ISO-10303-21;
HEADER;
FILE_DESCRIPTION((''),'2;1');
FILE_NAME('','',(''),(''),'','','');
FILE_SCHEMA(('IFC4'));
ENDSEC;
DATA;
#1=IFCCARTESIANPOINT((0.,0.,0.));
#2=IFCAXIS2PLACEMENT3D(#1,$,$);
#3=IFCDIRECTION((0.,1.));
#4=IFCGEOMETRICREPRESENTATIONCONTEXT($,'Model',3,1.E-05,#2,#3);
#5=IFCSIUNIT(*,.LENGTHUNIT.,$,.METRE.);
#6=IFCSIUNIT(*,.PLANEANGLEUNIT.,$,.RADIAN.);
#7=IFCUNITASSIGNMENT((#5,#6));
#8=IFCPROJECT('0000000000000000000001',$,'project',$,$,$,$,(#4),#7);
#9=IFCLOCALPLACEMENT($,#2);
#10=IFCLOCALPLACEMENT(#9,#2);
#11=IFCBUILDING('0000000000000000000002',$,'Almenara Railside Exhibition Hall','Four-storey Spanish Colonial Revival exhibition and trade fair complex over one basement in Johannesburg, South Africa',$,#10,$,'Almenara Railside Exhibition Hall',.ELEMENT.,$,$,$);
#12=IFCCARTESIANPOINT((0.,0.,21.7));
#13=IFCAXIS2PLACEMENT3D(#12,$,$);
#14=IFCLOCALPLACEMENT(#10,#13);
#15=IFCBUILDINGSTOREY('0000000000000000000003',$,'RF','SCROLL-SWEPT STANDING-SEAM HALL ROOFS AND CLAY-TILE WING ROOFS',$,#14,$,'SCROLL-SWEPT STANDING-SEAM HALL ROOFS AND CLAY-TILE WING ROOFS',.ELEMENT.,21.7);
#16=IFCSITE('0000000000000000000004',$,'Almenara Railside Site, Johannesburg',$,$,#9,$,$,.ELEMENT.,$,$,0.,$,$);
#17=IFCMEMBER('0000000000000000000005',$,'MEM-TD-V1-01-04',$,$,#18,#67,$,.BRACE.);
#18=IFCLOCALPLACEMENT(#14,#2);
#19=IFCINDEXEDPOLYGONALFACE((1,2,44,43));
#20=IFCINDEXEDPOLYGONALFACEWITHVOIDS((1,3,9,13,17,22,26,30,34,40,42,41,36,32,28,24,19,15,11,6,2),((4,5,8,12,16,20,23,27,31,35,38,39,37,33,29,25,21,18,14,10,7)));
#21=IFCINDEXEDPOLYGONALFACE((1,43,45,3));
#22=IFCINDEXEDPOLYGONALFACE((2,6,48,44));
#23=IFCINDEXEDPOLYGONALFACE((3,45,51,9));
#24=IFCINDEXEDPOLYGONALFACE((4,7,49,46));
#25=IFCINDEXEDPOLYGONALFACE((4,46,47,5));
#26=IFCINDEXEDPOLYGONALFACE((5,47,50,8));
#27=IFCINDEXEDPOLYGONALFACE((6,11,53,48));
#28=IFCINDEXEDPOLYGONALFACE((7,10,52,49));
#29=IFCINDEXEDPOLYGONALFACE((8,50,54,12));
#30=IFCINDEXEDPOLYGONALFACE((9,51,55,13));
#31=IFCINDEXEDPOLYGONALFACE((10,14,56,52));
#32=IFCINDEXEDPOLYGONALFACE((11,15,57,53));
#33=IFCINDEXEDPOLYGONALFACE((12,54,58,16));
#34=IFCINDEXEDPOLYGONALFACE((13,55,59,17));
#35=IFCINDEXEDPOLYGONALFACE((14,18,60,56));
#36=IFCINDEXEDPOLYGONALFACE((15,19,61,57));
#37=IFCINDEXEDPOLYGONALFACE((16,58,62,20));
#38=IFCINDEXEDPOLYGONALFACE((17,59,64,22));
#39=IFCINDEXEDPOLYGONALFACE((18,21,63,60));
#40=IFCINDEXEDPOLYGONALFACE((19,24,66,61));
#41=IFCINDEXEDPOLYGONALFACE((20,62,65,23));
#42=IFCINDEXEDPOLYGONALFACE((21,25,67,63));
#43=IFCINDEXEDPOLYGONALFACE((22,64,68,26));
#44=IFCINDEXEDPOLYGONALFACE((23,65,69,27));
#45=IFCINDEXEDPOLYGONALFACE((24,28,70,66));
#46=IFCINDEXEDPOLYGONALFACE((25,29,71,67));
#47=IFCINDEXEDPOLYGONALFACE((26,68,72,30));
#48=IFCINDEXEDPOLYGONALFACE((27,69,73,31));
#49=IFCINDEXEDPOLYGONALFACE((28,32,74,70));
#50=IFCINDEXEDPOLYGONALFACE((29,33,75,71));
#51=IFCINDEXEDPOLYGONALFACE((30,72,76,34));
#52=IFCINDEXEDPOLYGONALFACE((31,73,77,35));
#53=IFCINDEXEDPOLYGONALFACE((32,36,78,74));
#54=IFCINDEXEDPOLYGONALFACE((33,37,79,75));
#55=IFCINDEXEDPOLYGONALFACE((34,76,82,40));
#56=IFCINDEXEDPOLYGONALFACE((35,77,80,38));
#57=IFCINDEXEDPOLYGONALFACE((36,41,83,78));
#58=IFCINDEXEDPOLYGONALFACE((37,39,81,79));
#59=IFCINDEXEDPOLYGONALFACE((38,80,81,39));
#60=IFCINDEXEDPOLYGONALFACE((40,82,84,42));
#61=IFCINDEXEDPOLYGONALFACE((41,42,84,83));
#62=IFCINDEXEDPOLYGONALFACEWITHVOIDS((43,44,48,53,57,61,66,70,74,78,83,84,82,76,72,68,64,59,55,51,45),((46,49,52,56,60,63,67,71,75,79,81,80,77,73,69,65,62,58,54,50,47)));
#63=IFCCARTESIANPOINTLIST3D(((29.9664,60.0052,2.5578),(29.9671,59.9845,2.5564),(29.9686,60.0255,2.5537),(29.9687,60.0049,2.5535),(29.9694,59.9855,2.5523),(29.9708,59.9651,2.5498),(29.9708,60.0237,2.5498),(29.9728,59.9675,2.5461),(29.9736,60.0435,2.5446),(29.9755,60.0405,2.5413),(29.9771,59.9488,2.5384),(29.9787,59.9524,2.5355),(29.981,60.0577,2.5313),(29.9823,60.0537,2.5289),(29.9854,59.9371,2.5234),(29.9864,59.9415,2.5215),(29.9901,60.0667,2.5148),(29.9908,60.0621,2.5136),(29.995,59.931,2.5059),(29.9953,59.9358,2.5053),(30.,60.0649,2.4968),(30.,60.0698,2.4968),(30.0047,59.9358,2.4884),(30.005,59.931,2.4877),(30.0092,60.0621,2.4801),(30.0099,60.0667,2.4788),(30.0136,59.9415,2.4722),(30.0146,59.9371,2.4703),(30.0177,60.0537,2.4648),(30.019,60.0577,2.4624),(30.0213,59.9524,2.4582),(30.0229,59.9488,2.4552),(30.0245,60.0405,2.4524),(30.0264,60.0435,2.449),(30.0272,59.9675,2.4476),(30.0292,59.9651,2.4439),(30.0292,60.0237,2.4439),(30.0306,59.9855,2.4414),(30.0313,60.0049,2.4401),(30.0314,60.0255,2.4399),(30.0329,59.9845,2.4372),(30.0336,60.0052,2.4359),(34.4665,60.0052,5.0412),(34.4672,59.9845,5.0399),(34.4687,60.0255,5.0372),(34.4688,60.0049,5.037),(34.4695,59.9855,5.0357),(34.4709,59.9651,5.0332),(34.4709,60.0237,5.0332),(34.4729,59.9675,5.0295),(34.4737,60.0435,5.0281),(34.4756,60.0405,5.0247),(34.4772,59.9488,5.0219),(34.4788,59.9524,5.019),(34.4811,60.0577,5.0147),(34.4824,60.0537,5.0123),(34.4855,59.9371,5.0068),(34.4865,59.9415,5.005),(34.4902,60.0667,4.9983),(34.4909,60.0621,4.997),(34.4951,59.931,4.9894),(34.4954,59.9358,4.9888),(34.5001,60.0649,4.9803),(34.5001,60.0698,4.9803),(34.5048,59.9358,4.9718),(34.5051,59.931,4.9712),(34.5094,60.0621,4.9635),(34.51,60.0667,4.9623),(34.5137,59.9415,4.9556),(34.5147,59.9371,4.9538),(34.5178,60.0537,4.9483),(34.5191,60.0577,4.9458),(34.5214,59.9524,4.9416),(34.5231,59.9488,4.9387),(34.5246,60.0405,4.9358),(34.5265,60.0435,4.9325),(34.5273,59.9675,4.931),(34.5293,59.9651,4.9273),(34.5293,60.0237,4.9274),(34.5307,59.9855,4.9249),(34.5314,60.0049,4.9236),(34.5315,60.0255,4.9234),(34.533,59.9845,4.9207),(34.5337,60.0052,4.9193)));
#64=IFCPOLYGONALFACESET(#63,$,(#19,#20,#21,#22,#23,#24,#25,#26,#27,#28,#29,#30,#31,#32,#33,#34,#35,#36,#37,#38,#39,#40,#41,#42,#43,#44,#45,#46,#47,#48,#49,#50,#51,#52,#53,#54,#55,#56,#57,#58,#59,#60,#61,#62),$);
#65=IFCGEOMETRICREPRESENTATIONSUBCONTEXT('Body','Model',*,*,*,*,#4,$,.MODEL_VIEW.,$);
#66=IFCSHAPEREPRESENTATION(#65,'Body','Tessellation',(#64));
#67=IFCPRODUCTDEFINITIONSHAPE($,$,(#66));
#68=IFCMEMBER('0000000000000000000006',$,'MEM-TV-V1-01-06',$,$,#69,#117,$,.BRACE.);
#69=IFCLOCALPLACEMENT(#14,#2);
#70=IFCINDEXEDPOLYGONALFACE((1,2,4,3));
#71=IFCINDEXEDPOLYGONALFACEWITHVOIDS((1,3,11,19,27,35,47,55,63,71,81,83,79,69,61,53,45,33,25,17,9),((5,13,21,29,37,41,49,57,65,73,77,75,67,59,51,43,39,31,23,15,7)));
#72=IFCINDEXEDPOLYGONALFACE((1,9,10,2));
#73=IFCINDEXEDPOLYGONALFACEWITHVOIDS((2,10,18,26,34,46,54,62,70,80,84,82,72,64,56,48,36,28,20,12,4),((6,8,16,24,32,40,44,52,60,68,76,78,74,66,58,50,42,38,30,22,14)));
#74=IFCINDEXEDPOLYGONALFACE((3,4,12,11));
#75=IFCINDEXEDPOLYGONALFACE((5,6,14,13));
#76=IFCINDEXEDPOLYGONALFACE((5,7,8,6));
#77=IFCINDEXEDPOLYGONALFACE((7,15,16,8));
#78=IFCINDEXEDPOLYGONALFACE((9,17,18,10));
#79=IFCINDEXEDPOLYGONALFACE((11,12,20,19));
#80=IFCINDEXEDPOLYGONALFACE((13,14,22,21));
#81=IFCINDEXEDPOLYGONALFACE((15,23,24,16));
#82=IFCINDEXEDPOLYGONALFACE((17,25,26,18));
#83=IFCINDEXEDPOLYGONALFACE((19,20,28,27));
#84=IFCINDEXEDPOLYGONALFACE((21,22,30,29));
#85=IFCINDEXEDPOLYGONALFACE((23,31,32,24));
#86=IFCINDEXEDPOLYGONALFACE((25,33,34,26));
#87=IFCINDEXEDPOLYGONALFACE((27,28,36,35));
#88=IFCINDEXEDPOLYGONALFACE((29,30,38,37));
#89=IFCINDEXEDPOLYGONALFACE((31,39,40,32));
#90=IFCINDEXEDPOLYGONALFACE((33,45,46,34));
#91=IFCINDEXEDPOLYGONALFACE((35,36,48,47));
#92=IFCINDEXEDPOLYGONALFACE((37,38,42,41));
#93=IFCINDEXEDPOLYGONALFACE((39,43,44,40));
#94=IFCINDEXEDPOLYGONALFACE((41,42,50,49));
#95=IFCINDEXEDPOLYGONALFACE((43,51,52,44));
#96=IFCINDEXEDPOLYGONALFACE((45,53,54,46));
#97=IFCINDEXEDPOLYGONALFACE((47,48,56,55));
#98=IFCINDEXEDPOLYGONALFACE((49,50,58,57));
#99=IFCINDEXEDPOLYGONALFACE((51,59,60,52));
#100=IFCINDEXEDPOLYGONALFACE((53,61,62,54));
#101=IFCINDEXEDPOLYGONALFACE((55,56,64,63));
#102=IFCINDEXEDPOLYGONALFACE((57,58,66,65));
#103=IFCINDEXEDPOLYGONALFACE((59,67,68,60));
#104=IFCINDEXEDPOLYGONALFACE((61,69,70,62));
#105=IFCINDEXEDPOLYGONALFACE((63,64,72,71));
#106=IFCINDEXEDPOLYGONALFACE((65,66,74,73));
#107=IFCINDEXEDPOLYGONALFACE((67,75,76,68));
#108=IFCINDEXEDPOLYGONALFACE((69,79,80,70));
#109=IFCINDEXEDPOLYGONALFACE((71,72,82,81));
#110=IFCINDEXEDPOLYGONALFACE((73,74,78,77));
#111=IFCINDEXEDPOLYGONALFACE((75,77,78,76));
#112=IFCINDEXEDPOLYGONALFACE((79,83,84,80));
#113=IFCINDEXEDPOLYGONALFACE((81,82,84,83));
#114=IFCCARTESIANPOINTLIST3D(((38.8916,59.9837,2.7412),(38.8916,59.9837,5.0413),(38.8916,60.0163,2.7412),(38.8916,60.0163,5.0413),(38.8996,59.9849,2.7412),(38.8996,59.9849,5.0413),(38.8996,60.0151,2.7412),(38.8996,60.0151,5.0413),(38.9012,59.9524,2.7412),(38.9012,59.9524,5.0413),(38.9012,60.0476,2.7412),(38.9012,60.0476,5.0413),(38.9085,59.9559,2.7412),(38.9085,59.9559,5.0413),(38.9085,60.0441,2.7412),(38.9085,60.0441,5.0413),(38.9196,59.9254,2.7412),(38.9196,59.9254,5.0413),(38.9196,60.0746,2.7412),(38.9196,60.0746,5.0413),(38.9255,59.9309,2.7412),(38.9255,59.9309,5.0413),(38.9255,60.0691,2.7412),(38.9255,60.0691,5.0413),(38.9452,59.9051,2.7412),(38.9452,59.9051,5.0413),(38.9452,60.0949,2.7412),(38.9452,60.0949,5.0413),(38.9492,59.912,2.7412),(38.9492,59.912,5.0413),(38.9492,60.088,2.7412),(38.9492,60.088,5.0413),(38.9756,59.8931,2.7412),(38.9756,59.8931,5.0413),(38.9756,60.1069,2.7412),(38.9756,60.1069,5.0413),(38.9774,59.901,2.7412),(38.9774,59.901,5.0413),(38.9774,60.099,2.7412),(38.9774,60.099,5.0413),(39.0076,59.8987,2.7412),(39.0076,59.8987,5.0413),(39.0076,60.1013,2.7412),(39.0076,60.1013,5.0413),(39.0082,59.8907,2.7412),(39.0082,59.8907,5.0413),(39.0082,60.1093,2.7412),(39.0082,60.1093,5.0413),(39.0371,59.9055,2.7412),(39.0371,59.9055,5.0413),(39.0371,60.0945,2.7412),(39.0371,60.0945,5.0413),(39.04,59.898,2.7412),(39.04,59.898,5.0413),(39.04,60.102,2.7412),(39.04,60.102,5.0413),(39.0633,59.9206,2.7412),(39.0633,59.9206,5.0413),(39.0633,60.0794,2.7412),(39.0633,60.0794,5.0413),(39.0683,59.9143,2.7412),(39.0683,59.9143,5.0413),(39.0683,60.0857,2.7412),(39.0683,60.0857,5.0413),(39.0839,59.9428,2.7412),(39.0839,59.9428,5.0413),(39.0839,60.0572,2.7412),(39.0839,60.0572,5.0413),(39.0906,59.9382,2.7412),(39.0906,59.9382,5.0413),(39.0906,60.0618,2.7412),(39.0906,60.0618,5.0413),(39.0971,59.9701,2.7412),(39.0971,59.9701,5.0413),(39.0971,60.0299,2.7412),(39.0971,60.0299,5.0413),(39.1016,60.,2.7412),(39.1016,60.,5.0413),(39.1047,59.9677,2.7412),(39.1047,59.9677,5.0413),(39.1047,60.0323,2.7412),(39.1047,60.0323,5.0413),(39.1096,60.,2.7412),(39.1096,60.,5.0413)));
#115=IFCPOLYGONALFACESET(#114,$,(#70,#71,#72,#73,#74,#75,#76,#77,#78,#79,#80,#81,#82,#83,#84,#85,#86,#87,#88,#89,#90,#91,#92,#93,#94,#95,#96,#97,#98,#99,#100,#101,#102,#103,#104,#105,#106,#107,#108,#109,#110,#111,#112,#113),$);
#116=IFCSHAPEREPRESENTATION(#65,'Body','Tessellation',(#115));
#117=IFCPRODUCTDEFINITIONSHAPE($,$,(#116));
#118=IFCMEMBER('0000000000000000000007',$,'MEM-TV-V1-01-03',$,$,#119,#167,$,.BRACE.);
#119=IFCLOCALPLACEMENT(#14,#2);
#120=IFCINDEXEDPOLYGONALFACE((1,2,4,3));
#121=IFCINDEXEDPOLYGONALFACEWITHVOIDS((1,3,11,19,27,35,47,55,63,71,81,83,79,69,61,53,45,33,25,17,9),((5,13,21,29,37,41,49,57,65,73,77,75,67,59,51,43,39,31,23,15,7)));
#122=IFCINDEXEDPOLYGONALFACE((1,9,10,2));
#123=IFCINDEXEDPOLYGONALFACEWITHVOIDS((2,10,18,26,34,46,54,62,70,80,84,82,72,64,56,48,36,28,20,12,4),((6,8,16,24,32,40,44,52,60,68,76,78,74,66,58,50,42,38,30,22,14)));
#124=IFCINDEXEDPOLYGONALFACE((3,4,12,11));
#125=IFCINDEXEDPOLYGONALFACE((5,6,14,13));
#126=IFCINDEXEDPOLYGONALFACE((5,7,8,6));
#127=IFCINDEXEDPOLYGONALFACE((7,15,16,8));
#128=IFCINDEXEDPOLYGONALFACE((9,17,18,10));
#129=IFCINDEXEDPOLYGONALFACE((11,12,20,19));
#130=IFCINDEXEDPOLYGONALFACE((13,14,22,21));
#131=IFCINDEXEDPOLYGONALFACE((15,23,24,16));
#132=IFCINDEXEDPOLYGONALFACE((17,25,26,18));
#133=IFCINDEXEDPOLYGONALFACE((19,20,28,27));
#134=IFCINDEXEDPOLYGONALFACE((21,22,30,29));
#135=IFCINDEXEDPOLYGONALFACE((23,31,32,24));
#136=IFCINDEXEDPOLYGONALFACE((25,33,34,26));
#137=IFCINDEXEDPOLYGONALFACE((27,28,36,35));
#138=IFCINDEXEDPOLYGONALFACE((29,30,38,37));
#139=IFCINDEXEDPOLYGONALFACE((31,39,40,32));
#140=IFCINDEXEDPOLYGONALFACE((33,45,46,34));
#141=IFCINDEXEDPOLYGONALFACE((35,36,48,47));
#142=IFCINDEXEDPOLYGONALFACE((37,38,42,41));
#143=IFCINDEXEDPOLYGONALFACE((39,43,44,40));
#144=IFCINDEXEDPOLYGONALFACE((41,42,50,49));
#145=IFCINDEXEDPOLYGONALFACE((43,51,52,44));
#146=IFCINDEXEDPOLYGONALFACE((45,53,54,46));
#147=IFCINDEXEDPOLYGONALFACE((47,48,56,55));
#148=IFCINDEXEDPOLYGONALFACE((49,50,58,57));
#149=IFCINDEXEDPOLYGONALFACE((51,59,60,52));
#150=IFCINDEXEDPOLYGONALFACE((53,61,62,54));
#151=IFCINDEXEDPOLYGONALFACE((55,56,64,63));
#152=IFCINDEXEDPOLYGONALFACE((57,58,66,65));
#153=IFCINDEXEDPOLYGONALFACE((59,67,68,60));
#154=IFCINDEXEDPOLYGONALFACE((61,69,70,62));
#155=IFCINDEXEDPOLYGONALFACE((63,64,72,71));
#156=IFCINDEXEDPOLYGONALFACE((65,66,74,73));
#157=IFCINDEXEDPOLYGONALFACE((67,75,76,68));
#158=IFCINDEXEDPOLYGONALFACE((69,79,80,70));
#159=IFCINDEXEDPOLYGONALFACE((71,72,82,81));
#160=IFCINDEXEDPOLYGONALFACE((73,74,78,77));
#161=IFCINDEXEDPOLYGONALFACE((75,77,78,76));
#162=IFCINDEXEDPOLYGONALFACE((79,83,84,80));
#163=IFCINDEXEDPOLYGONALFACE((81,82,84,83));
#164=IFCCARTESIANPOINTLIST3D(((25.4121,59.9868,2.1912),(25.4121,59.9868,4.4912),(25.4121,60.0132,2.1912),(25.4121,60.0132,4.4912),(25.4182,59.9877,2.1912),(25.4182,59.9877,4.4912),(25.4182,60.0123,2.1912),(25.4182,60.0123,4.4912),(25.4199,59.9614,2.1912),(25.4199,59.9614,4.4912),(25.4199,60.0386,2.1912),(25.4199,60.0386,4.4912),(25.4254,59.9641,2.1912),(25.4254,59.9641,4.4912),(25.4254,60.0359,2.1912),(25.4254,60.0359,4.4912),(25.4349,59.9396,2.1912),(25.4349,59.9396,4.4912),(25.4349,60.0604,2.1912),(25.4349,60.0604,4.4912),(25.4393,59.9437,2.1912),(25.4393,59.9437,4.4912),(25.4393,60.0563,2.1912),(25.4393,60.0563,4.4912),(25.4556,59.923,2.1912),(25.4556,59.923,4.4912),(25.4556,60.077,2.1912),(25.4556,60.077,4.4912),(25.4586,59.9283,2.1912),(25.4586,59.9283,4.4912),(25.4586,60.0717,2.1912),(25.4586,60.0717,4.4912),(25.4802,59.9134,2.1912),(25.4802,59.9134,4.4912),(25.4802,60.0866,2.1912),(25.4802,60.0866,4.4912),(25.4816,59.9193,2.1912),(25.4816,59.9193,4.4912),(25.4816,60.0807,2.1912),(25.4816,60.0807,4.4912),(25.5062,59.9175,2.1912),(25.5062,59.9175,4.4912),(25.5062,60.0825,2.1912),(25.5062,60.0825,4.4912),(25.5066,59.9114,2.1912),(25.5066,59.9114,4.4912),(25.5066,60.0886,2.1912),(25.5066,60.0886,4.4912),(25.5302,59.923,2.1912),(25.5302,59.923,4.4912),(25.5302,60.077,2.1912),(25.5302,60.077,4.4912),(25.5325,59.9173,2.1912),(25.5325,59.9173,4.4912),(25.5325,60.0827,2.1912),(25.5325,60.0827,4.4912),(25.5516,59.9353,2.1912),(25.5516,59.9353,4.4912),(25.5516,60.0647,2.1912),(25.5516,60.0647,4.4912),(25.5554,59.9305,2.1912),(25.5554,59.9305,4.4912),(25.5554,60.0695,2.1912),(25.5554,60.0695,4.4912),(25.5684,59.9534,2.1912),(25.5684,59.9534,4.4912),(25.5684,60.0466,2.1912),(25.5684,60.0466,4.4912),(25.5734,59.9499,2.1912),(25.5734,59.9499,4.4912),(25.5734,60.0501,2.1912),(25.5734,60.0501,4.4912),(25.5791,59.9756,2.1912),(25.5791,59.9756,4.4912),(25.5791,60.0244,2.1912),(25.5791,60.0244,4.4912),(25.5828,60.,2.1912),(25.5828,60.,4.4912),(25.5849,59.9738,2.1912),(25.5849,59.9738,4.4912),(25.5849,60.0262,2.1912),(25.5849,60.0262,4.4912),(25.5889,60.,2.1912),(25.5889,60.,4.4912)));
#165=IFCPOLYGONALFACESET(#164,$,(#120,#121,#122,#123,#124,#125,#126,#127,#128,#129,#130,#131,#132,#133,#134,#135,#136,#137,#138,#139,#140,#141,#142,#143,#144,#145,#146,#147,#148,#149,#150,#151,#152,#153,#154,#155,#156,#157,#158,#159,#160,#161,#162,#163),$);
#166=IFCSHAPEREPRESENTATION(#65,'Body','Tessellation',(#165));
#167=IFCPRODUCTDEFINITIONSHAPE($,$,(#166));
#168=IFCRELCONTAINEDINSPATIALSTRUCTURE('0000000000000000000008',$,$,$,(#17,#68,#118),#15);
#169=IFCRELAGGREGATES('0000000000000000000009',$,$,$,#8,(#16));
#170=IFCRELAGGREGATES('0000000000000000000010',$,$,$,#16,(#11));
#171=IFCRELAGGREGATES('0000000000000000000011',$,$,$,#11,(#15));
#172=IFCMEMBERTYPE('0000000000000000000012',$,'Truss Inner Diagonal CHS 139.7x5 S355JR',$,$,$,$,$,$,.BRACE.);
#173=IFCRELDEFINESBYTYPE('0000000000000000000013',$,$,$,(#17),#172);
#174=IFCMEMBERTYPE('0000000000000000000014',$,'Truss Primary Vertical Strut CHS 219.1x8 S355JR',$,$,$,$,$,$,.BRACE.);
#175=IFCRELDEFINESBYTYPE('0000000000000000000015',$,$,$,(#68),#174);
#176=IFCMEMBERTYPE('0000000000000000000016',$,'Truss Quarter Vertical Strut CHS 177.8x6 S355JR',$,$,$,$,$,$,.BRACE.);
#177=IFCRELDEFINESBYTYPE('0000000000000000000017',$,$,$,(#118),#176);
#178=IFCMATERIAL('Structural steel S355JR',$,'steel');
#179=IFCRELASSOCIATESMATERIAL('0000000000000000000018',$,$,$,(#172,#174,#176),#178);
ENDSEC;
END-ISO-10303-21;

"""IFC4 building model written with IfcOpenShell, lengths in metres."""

from ifc_helpers import new_model, si_unit, direction, frame, origin, origin_2d, place, context, subcontext, project, spatial, hollow_circle, extrude, material, material_profile, profile_set, type_object, element, save


model = new_model("IFC4")

# Units and contexts
model_context = context("Model", 3, precision=1e-05, world=origin(), true_north=direction((0.0, 1.0)))
body_context = subcontext(model_context, "Body", "Model", "MODEL_VIEW")
ifc_project = project(units=[si_unit("LENGTHUNIT", "METRE"), si_unit("PLANEANGLEUNIT", "RADIAN")], contexts=[model_context])

# Site, building, storey
site_placement = place(None, origin())
site = spatial("IfcSite", under=ifc_project, at=site_placement, Name="Almenara Railside Site, Johannesburg", CompositionType="ELEMENT", RefElevation=0.0)
building_placement = place(site_placement, origin())
building = spatial("IfcBuilding", under=site, at=building_placement, Name="Almenara Railside Exhibition Hall", Description="Four-storey Spanish Colonial Revival exhibition and trade fair complex over one basement in Johannesburg, South Africa", LongName="Almenara Railside Exhibition Hall", CompositionType="ELEMENT")
storey_placement = place(building_placement, frame((0.0, 0.0, 21.7)))
storey = spatial("IfcBuildingStorey", under=building, at=storey_placement, Name="RF", Description="SCROLL-SWEPT STANDING-SEAM HALL ROOFS AND CLAY-TILE WING ROOFS", LongName="SCROLL-SWEPT STANDING-SEAM HALL ROOFS AND CLAY-TILE WING ROOFS", CompositionType="ELEMENT", Elevation=21.7)

# Members
ifc_material_1 = material(Name="Structural steel S355JR", Category="steel")
ifc_material_profile_1 = material_profile(ifc_material_1, hollow_circle(Radius=0.0698, WallThickness=0.0049, at=origin_2d()), Name="CHS 139.7x5")
ifc_profile_set_1 = profile_set([ifc_material_profile_1], Name="Structural steel S355JR")
member_type_1 = type_object("IfcMemberType", Name="Truss Inner Diagonal CHS 139.7x5 S355JR", PredefinedType="BRACE", material=ifc_profile_set_1)
member_1_placement = place(storey_placement, frame((30.0, 60.0, 2.4968), z_axis=(0.875525, 0.0, 0.483173), x_axis=(0.0, 1.0, 0.0)))
element("IfcMember", 1, at=member_1_placement, inside=storey, type_object=member_type_1, Name="MEM-TD-V1-01-04", PredefinedType="BRACE", context=body_context, shape_type="SweptSolid", body=[
    extrude(hollow_circle(Radius=0.0698, WallThickness=0.0049, at=origin_2d()), origin(), (0.0, 0.0, 1.0), 5.1399),
])
ifc_material_profile_2 = material_profile(ifc_material_1, hollow_circle(Radius=0.1096, WallThickness=0.0081, at=origin_2d()), Name="CHS 219.1x8")
ifc_profile_set_2 = profile_set([ifc_material_profile_2], Name="Structural steel S355JR")
member_type_2 = type_object("IfcMemberType", Name="Truss Primary Vertical Strut CHS 219.1x8 S355JR", PredefinedType="BRACE", material=ifc_profile_set_2)
member_2_placement = place(storey_placement, frame((39.0, 60.0, 2.7412), z_axis=(0.0, 0.0, 1.0), x_axis=(1.0, 0.0, 0.0)))
element("IfcMember", 2, at=member_2_placement, inside=storey, type_object=member_type_2, Name="MEM-TV-V1-01-06", PredefinedType="BRACE", context=body_context, shape_type="SweptSolid", body=[
    extrude(hollow_circle(Radius=0.1096, WallThickness=0.0081, at=origin_2d()), origin(), (0.0, 0.0, 1.0), 2.3),
])
ifc_material_profile_3 = material_profile(ifc_material_1, hollow_circle(Radius=0.0889, WallThickness=0.0061, at=origin_2d()), Name="CHS 177.8x6")
ifc_profile_set_3 = profile_set([ifc_material_profile_3], Name="Structural steel S355JR")
member_type_3 = type_object("IfcMemberType", Name="Truss Quarter Vertical Strut CHS 177.8x6 S355JR", PredefinedType="BRACE", material=ifc_profile_set_3)
member_3_placement = place(storey_placement, frame((25.5, 60.0, 2.1912), z_axis=(0.0, 0.0, 1.0), x_axis=(1.0, 0.0, 0.0)))
element("IfcMember", 3, at=member_3_placement, inside=storey, type_object=member_type_3, Name="MEM-TV-V1-01-03", PredefinedType="BRACE", context=body_context, shape_type="SweptSolid", body=[
    extrude(hollow_circle(Radius=0.0889, WallThickness=0.0061, at=origin_2d()), origin(), (0.0, 0.0, 1.0), 2.3),
])

save(model, "model.ifc")
